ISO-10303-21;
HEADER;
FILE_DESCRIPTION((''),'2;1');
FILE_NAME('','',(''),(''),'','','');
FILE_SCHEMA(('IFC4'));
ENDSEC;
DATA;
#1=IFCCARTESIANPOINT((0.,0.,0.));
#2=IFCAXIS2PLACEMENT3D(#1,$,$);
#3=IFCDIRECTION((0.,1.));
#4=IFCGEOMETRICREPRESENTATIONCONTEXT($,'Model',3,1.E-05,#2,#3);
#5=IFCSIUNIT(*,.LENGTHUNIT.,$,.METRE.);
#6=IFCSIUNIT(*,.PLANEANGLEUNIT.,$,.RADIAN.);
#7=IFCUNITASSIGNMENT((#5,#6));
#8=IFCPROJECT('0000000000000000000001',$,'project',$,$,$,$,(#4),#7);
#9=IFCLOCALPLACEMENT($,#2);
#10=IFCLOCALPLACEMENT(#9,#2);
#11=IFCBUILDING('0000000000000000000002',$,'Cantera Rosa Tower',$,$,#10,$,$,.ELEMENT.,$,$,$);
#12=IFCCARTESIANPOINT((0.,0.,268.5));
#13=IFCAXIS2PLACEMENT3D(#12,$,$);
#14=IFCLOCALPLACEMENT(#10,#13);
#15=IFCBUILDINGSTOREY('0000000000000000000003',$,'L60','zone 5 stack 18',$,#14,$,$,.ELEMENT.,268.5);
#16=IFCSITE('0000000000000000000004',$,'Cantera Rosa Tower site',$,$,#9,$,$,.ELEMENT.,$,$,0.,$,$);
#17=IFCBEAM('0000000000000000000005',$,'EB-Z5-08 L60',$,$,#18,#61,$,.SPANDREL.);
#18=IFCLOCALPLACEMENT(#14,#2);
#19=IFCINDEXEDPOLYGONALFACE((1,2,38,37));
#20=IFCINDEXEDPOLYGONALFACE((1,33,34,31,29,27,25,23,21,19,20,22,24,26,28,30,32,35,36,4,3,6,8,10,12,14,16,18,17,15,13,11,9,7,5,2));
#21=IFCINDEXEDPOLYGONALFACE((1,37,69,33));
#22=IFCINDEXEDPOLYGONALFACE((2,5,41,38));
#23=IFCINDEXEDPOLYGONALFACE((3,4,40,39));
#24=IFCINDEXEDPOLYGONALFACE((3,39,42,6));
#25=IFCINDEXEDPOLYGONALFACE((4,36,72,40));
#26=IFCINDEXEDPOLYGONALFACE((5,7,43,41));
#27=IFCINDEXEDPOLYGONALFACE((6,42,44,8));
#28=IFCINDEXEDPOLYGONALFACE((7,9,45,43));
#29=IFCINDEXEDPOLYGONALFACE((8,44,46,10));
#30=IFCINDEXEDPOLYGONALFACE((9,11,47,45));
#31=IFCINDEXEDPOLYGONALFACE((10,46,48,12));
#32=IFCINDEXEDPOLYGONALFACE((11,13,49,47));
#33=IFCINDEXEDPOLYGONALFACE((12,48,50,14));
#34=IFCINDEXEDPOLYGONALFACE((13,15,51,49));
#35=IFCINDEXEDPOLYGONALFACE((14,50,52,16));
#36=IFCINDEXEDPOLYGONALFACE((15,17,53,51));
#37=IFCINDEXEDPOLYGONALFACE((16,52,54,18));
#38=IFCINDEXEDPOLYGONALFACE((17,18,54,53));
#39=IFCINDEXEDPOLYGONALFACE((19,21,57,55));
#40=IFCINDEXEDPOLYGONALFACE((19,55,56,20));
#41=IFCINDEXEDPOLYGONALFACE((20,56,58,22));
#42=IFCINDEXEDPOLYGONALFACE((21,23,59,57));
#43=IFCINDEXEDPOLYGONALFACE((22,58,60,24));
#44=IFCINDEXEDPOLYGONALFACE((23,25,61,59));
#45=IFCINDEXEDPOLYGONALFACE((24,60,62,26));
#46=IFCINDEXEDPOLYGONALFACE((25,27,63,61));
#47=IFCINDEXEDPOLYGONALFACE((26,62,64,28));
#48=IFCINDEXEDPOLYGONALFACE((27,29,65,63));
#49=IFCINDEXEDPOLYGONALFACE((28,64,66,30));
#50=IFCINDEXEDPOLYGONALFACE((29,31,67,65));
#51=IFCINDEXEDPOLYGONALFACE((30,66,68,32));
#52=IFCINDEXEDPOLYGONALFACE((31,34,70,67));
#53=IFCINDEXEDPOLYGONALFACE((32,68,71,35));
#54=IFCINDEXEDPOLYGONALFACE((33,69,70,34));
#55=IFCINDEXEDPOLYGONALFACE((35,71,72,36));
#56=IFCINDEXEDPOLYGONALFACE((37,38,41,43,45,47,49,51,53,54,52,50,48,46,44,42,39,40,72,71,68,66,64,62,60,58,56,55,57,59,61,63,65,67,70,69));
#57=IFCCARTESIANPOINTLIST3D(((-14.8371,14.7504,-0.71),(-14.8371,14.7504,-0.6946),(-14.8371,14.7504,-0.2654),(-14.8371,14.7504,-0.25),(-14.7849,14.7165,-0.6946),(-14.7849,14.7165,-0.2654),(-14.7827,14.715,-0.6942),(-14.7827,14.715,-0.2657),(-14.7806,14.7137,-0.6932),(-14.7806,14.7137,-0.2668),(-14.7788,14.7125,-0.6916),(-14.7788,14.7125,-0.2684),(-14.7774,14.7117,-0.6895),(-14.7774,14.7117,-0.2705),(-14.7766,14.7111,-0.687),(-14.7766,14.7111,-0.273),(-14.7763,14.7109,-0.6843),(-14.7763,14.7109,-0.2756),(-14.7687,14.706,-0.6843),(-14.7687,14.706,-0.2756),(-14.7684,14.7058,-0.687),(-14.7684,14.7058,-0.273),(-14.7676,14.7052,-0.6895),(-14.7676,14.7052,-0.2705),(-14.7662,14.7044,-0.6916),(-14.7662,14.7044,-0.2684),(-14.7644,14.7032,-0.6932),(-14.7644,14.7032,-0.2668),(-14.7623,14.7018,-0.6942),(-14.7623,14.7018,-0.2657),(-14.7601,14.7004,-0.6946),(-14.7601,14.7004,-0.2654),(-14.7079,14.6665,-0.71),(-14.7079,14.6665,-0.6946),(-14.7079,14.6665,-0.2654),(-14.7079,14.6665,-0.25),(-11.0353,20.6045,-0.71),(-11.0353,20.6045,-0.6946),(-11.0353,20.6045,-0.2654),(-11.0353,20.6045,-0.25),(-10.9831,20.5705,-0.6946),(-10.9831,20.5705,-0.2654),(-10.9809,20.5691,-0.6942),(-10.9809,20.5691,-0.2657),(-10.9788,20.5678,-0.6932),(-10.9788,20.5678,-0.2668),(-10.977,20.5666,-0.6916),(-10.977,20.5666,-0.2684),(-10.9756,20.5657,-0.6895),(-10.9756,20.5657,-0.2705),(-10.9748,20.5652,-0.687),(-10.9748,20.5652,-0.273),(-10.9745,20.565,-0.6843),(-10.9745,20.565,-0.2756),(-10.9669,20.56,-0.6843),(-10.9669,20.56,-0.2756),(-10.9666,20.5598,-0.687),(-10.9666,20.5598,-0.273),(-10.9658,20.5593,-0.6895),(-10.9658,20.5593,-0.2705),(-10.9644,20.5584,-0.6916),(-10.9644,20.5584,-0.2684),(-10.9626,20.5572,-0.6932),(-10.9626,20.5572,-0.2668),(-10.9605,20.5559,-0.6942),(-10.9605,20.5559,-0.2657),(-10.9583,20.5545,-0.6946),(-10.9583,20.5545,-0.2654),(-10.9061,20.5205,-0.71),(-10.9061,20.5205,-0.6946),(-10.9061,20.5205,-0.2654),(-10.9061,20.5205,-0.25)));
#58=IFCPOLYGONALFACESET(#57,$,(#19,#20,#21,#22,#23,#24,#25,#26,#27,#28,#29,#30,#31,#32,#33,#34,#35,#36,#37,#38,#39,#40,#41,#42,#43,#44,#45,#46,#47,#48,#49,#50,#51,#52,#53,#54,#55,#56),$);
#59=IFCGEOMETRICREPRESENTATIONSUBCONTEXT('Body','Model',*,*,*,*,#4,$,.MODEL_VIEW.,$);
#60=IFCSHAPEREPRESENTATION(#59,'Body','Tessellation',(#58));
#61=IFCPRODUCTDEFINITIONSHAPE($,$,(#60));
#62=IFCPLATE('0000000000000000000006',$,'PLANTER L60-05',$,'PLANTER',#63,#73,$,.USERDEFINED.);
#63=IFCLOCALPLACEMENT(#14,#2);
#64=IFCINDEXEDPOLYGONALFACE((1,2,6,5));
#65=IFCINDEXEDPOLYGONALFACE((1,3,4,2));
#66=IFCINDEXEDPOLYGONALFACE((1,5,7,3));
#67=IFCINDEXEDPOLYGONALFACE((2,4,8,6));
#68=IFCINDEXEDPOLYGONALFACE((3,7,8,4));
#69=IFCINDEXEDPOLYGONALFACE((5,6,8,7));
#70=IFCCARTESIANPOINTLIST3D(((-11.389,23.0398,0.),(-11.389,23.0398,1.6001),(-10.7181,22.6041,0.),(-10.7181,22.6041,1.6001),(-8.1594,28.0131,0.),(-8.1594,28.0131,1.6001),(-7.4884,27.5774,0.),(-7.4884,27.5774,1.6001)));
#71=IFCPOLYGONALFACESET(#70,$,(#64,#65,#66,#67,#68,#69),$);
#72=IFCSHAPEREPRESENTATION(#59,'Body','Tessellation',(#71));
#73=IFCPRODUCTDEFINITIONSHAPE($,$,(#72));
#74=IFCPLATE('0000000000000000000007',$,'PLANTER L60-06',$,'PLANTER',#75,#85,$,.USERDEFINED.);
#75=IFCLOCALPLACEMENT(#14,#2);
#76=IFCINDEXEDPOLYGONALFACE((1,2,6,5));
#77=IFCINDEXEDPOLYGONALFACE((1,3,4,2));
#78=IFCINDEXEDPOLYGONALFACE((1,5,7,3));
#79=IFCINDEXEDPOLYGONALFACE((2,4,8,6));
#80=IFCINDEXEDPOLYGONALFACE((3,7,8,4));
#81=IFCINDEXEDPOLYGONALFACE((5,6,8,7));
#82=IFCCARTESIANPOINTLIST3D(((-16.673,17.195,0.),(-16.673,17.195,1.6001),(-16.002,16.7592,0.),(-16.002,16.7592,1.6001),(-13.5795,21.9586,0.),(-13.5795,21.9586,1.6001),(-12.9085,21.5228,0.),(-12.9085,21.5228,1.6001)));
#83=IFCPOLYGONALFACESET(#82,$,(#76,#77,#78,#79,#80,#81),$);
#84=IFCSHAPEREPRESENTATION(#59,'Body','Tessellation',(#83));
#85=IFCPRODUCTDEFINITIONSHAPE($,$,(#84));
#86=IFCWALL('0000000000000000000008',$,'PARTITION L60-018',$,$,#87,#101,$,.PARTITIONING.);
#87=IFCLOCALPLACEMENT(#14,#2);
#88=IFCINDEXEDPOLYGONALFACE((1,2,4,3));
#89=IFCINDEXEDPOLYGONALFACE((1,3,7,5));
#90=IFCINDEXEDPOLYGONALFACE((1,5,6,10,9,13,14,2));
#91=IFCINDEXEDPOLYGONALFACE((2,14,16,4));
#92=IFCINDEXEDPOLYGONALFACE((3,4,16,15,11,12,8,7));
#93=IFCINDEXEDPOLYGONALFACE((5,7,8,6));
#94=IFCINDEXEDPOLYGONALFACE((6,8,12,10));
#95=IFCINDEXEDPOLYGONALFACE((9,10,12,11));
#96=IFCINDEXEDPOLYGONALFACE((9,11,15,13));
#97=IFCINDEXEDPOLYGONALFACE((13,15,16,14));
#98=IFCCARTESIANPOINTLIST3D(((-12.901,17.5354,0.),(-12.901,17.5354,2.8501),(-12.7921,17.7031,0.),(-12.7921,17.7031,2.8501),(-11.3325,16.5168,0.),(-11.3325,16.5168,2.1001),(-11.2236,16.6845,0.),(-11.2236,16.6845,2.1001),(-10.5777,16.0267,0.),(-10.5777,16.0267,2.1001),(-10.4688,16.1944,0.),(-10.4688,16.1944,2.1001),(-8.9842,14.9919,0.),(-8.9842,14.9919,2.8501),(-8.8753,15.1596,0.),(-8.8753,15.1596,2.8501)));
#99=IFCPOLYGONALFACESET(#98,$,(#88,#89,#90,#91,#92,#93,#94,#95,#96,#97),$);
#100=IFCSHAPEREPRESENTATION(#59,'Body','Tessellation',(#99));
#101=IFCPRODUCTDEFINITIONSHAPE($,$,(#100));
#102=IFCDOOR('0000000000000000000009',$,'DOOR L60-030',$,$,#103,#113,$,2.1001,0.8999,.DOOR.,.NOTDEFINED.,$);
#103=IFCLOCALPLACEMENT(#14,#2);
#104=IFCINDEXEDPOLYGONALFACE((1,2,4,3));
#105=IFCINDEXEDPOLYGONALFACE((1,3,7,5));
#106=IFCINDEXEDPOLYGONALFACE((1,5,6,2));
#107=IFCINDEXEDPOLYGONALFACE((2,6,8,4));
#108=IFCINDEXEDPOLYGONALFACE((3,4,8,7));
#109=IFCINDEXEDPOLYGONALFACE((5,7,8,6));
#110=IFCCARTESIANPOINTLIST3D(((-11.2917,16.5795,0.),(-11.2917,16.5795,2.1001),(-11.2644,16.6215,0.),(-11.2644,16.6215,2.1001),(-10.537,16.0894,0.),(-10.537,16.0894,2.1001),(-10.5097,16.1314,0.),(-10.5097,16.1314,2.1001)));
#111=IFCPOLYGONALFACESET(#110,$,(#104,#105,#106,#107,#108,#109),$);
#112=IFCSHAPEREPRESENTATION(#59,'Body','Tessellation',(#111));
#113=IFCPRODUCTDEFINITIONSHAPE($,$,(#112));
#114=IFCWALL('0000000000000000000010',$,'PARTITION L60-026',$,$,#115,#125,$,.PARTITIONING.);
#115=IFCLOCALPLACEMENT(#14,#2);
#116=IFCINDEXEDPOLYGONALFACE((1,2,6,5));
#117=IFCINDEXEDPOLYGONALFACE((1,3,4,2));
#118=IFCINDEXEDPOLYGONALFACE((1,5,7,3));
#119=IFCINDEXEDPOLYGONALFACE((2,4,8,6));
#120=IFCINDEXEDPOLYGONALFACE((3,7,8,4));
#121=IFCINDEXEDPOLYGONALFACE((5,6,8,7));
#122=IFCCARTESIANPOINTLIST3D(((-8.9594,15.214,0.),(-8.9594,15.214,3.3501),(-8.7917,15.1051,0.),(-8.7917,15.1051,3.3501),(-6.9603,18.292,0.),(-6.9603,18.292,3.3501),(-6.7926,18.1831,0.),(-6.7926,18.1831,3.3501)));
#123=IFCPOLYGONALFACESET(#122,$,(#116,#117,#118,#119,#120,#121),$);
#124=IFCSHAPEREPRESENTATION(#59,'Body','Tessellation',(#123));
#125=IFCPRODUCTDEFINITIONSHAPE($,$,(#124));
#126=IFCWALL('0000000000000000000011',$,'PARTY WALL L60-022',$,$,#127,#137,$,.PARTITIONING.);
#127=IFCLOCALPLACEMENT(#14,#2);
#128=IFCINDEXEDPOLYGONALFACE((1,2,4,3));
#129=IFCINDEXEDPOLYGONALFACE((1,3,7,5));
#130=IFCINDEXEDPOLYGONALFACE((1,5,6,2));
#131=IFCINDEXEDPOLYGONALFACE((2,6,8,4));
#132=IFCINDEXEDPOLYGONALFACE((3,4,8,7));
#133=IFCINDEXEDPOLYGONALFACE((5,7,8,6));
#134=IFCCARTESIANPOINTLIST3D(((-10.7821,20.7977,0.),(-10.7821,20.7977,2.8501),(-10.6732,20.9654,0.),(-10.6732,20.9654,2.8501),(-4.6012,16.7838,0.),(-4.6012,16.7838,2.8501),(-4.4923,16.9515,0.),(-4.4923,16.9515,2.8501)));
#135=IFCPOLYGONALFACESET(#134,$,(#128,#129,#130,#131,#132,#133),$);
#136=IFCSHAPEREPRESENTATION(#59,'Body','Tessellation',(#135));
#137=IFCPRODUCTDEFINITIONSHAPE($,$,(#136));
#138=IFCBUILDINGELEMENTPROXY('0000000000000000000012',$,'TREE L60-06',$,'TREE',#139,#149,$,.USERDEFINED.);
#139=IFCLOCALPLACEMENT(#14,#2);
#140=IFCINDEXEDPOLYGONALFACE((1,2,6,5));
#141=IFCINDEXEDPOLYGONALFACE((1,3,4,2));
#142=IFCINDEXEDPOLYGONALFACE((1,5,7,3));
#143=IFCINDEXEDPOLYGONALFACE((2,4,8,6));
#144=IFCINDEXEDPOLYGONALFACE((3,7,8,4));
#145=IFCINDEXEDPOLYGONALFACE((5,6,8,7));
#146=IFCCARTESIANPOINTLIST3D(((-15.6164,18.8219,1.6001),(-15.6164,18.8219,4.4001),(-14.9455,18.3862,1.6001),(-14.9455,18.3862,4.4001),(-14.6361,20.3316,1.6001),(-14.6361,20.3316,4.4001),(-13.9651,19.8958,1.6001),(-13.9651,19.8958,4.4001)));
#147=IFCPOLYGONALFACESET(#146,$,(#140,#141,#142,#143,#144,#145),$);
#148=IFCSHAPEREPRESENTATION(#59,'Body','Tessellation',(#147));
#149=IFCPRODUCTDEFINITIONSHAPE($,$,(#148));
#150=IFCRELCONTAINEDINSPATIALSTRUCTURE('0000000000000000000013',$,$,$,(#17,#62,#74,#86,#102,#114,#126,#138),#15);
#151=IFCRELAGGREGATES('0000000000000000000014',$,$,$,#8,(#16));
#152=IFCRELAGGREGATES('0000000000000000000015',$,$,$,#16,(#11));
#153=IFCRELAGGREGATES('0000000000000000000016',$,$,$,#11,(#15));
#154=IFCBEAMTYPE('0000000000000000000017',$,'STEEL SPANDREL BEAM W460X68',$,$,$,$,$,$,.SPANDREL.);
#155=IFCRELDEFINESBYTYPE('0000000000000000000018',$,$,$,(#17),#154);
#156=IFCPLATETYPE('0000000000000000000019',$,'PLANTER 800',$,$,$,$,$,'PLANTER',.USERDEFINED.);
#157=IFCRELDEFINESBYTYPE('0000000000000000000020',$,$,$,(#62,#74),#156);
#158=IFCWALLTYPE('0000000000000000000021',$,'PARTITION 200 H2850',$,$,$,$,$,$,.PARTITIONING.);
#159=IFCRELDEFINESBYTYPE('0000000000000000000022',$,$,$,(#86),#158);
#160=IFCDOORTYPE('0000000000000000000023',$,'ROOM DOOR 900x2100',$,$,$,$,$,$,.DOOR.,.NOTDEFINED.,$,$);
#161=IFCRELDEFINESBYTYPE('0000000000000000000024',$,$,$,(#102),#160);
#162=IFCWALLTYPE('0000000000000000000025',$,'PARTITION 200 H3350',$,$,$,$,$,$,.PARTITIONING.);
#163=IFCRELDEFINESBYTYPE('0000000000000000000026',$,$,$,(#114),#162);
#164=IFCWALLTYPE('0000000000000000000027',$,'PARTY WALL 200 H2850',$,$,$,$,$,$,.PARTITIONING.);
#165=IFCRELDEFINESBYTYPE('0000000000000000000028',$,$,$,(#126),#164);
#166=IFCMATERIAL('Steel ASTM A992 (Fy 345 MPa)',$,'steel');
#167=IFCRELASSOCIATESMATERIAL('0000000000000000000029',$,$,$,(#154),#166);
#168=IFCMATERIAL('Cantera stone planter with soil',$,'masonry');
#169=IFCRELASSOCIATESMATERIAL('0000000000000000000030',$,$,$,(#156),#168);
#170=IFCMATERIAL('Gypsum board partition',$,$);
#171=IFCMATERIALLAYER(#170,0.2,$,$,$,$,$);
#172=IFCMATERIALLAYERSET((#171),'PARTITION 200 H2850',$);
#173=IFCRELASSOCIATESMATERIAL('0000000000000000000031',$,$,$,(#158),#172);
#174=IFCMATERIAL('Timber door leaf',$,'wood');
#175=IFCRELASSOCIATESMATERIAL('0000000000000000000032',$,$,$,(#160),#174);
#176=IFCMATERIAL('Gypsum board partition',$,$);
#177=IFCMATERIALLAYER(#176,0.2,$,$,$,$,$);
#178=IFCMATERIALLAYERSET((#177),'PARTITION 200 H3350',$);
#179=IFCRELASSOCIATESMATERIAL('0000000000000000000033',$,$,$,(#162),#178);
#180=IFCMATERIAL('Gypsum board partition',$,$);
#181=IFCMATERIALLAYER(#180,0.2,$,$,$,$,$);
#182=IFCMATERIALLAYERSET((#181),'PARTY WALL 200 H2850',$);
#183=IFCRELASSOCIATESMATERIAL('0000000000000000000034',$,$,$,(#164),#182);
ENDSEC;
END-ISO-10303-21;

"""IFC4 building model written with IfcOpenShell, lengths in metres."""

from ifc_helpers import new_model, si_unit, direction, frame, frame_2d, origin, origin_2d, place, context, subcontext, project, spatial, rectangle, i_section, extrude, material, layer, layer_set, material_profile, profile_set, type_object, element, fill, save


model = new_model("IFC4")

# Units and contexts
model_context = context("Model", 3, precision=1e-05, world=origin(), true_north=direction((0.0, 1.0)))
body_context = subcontext(model_context, "Body", "Model", "MODEL_VIEW")
ifc_project = project(units=[si_unit("LENGTHUNIT", "METRE"), si_unit("PLANEANGLEUNIT", "RADIAN")], contexts=[model_context])

# Site, building, storey
site_placement = place(None, origin())
site = spatial("IfcSite", under=ifc_project, at=site_placement, Name="Cantera Rosa Tower site", CompositionType="ELEMENT", RefElevation=0.0)
building_placement = place(site_placement, origin())
building = spatial("IfcBuilding", under=site, at=building_placement, Name="Cantera Rosa Tower", CompositionType="ELEMENT")
storey_placement = place(building_placement, frame((0.0, 0.0, 268.5)))
storey = spatial("IfcBuildingStorey", under=building, at=storey_placement, Name="L60", Description="zone 5 stack 18", CompositionType="ELEMENT", Elevation=268.5)

# Beam
ifc_material_1 = material(Name="Steel ASTM A992 (Fy 345 MPa)", Category="steel")
ifc_material_profile_1 = material_profile(ifc_material_1, i_section(OverallWidth=0.1541, OverallDepth=0.46, WebThickness=0.009, FlangeThickness=0.0154, FilletRadius=0.0103, at=origin_2d()), Name="W460X68")
ifc_profile_set_1 = profile_set([ifc_material_profile_1], Name="Steel ASTM A992 (Fy 345 MPa)")
beam_type_1 = type_object("IfcBeamType", Name="STEEL SPANDREL BEAM W460X68", PredefinedType="SPANDREL", material=ifc_profile_set_1)
beam_1_placement = place(storey_placement, frame((-10.9707, 20.5625, -0.48), z_axis=(-0.544651, -0.838663, 0.0), x_axis=(0.838663, -0.544651, 0.0)))
element("IfcBeam", 1, at=beam_1_placement, inside=storey, type_object=beam_type_1, Name="EB-Z5-08 L60", PredefinedType="SPANDREL", context=body_context, shape_type="SweptSolid", body=[
    extrude(i_section(OverallWidth=0.1541, OverallDepth=0.46, WebThickness=0.009, FlangeThickness=0.0154, FilletRadius=0.0103, at=origin_2d()), origin(), (0.0, 0.0, 1.0), 6.9802),
])

# Plates
ifc_material_2 = material(Name="Cantera stone planter with soil", Category="masonry")
plate_type = type_object("IfcPlateType", Name="PLANTER 800", ElementType="PLANTER", PredefinedType="USERDEFINED", material=ifc_material_2)
plate_1_placement = place(storey_placement, frame((-9.4387, 25.3086, 0.0), z_axis=(0.0, 0.0, 1.0), x_axis=(-0.544639, -0.838671, 0.0)))
element("IfcPlate", 2, at=plate_1_placement, inside=storey, type_object=plate_type, Name="PLANTER L60-05", ObjectType="PLANTER", PredefinedType="USERDEFINED", context=body_context, shape_type="SweptSolid", body=[
    extrude(rectangle(XDim=5.9299, YDim=0.8, at=origin_2d()), origin(), (0.0, 0.0, 1.0), 1.6001),
])
plate_2_placement = place(storey_placement, frame((-14.7908, 19.3589, 0.0), z_axis=(0.0, 0.0, 1.0), x_axis=(-0.544639, -0.838671, 0.0)))
element("IfcPlate", 3, at=plate_2_placement, inside=storey, type_object=plate_type, Name="PLANTER L60-06", ObjectType="PLANTER", PredefinedType="USERDEFINED", context=body_context, shape_type="SweptSolid", body=[
    extrude(rectangle(XDim=5.6799, YDim=0.8, at=origin_2d()), origin(), (0.0, 0.0, 1.0), 1.6001),
])

# Wall, opening, door
ifc_material_3 = material(Name="Gypsum board partition")
ifc_layer_1 = layer(ifc_material_3, 0.2)
ifc_layer_set_1 = layer_set([ifc_layer_1], Name="PARTITION 200 H2850")
wall_type_1 = type_object("IfcWallType", Name="PARTITION 200 H2850", PredefinedType="PARTITIONING", material=ifc_layer_set_1)
wall_1_placement = place(storey_placement, frame((-12.8464, 17.6191, 0.0), z_axis=(0.0, 0.0, 1.0), x_axis=(0.838681, -0.544623, 0.0)))
wall_1 = element("IfcWall", 4, at=wall_1_placement, inside=storey, type_object=wall_type_1, Name="PARTITION L60-018", PredefinedType="PARTITIONING", context=body_context, shape_type="SweptSolid", body=[
    extrude(rectangle(XDim=4.6702, YDim=0.2, at=frame_2d((2.335, 0.0))), origin(), (0.0, 0.0, 1.0), 2.8501),
])
opening_1_placement = place(wall_1_placement, frame((1.8701, 0.0, 0.0)))
opening_1 = element("IfcOpeningElement", 5, at=opening_1_placement, cuts=wall_1, PredefinedType="OPENING", context=body_context, shape_type="SweptSolid", body=[
    extrude(rectangle(XDim=0.8999, YDim=2.1001, at=frame_2d((0.45, 1.05))), frame((0.0, 0.1099, 0.0), z_axis=(0.0, -1.0, 0.0), x_axis=(1.0, 0.0, 0.0)), (0.0, 0.0, 1.0), 0.22),
])
ifc_material_4 = material(Name="Timber door leaf", Category="wood")
door_type_1 = type_object("IfcDoorType", Name="ROOM DOOR 900x2100", OperationType="NOTDEFINED", PredefinedType="DOOR", material=ifc_material_4)
door_1_placement = place(opening_1_placement, origin())
door_1 = element("IfcDoor", 6, at=door_1_placement, inside=storey, type_object=door_type_1, Name="DOOR L60-030", OperationType="NOTDEFINED", OverallHeight=2.1001, OverallWidth=0.8999, PredefinedType="DOOR", context=body_context, shape_type="SweptSolid", body=[
    extrude(rectangle(XDim=0.8999, YDim=2.1001, at=frame_2d((0.45, 1.05))), frame((0.0, 0.0249, 0.0), z_axis=(0.0, -1.0, 0.0), x_axis=(1.0, 0.0, 0.0)), (0.0, 0.0, 1.0), 0.05),
])
fill(opening_1, door_1)

# Walls
ifc_material_5 = material(Name="Gypsum board partition")
ifc_layer_2 = layer(ifc_material_5, 0.2)
ifc_layer_set_2 = layer_set([ifc_layer_2], Name="PARTITION 200 H3350")
wall_type_2 = type_object("IfcWallType", Name="PARTITION 200 H3350", PredefinedType="PARTITIONING", material=ifc_layer_set_2)
wall_2_placement = place(storey_placement, frame((-8.8755, 15.1597, 0.0), z_axis=(0.0, 0.0, 1.0), x_axis=(0.544682, 0.838643, 0.0)))
element("IfcWall", 7, at=wall_2_placement, inside=storey, type_object=wall_type_2, Name="PARTITION L60-026", PredefinedType="PARTITIONING", context=body_context, shape_type="SweptSolid", body=[
    extrude(rectangle(XDim=3.6702, YDim=0.2, at=frame_2d((1.835, 0.0))), origin(), (0.0, 0.0, 1.0), 3.3501),
])
ifc_material_6 = material(Name="Gypsum board partition")
ifc_layer_3 = layer(ifc_material_6, 0.2)
ifc_layer_set_3 = layer_set([ifc_layer_3], Name="PARTY WALL 200 H2850")
wall_type_3 = type_object("IfcWallType", Name="PARTY WALL 200 H2850", PredefinedType="PARTITIONING", material=ifc_layer_set_3)
wall_3_placement = place(storey_placement, frame((-10.7278, 20.8816, 0.0), z_axis=(0.0, 0.0, 1.0), x_axis=(0.838671, -0.544638, 0.0)))
element("IfcWall", 8, at=wall_3_placement, inside=storey, type_object=wall_type_3, Name="PARTY WALL L60-022", PredefinedType="PARTITIONING", context=body_context, shape_type="SweptSolid", body=[
    extrude(rectangle(XDim=7.3699, YDim=0.2, at=frame_2d((3.6851, 0.0))), origin(), (0.0, 0.0, 1.0), 2.8501),
])

# Building element proxy
proxy_placement = place(storey_placement, frame((-14.7908, 19.3589, 1.6001), z_axis=(0.0, 0.0, 1.0), x_axis=(-0.544639, -0.838671, 0.0)))
element("IfcBuildingElementProxy", 9, at=proxy_placement, inside=storey, Name="TREE L60-06", ObjectType="TREE", PredefinedType="USERDEFINED", context=body_context, shape_type="SweptSolid", body=[
    extrude(rectangle(XDim=1.8, YDim=0.8, at=origin_2d()), origin(), (0.0, 0.0, 1.0), 2.8),
])

save(model, "model.ifc")
